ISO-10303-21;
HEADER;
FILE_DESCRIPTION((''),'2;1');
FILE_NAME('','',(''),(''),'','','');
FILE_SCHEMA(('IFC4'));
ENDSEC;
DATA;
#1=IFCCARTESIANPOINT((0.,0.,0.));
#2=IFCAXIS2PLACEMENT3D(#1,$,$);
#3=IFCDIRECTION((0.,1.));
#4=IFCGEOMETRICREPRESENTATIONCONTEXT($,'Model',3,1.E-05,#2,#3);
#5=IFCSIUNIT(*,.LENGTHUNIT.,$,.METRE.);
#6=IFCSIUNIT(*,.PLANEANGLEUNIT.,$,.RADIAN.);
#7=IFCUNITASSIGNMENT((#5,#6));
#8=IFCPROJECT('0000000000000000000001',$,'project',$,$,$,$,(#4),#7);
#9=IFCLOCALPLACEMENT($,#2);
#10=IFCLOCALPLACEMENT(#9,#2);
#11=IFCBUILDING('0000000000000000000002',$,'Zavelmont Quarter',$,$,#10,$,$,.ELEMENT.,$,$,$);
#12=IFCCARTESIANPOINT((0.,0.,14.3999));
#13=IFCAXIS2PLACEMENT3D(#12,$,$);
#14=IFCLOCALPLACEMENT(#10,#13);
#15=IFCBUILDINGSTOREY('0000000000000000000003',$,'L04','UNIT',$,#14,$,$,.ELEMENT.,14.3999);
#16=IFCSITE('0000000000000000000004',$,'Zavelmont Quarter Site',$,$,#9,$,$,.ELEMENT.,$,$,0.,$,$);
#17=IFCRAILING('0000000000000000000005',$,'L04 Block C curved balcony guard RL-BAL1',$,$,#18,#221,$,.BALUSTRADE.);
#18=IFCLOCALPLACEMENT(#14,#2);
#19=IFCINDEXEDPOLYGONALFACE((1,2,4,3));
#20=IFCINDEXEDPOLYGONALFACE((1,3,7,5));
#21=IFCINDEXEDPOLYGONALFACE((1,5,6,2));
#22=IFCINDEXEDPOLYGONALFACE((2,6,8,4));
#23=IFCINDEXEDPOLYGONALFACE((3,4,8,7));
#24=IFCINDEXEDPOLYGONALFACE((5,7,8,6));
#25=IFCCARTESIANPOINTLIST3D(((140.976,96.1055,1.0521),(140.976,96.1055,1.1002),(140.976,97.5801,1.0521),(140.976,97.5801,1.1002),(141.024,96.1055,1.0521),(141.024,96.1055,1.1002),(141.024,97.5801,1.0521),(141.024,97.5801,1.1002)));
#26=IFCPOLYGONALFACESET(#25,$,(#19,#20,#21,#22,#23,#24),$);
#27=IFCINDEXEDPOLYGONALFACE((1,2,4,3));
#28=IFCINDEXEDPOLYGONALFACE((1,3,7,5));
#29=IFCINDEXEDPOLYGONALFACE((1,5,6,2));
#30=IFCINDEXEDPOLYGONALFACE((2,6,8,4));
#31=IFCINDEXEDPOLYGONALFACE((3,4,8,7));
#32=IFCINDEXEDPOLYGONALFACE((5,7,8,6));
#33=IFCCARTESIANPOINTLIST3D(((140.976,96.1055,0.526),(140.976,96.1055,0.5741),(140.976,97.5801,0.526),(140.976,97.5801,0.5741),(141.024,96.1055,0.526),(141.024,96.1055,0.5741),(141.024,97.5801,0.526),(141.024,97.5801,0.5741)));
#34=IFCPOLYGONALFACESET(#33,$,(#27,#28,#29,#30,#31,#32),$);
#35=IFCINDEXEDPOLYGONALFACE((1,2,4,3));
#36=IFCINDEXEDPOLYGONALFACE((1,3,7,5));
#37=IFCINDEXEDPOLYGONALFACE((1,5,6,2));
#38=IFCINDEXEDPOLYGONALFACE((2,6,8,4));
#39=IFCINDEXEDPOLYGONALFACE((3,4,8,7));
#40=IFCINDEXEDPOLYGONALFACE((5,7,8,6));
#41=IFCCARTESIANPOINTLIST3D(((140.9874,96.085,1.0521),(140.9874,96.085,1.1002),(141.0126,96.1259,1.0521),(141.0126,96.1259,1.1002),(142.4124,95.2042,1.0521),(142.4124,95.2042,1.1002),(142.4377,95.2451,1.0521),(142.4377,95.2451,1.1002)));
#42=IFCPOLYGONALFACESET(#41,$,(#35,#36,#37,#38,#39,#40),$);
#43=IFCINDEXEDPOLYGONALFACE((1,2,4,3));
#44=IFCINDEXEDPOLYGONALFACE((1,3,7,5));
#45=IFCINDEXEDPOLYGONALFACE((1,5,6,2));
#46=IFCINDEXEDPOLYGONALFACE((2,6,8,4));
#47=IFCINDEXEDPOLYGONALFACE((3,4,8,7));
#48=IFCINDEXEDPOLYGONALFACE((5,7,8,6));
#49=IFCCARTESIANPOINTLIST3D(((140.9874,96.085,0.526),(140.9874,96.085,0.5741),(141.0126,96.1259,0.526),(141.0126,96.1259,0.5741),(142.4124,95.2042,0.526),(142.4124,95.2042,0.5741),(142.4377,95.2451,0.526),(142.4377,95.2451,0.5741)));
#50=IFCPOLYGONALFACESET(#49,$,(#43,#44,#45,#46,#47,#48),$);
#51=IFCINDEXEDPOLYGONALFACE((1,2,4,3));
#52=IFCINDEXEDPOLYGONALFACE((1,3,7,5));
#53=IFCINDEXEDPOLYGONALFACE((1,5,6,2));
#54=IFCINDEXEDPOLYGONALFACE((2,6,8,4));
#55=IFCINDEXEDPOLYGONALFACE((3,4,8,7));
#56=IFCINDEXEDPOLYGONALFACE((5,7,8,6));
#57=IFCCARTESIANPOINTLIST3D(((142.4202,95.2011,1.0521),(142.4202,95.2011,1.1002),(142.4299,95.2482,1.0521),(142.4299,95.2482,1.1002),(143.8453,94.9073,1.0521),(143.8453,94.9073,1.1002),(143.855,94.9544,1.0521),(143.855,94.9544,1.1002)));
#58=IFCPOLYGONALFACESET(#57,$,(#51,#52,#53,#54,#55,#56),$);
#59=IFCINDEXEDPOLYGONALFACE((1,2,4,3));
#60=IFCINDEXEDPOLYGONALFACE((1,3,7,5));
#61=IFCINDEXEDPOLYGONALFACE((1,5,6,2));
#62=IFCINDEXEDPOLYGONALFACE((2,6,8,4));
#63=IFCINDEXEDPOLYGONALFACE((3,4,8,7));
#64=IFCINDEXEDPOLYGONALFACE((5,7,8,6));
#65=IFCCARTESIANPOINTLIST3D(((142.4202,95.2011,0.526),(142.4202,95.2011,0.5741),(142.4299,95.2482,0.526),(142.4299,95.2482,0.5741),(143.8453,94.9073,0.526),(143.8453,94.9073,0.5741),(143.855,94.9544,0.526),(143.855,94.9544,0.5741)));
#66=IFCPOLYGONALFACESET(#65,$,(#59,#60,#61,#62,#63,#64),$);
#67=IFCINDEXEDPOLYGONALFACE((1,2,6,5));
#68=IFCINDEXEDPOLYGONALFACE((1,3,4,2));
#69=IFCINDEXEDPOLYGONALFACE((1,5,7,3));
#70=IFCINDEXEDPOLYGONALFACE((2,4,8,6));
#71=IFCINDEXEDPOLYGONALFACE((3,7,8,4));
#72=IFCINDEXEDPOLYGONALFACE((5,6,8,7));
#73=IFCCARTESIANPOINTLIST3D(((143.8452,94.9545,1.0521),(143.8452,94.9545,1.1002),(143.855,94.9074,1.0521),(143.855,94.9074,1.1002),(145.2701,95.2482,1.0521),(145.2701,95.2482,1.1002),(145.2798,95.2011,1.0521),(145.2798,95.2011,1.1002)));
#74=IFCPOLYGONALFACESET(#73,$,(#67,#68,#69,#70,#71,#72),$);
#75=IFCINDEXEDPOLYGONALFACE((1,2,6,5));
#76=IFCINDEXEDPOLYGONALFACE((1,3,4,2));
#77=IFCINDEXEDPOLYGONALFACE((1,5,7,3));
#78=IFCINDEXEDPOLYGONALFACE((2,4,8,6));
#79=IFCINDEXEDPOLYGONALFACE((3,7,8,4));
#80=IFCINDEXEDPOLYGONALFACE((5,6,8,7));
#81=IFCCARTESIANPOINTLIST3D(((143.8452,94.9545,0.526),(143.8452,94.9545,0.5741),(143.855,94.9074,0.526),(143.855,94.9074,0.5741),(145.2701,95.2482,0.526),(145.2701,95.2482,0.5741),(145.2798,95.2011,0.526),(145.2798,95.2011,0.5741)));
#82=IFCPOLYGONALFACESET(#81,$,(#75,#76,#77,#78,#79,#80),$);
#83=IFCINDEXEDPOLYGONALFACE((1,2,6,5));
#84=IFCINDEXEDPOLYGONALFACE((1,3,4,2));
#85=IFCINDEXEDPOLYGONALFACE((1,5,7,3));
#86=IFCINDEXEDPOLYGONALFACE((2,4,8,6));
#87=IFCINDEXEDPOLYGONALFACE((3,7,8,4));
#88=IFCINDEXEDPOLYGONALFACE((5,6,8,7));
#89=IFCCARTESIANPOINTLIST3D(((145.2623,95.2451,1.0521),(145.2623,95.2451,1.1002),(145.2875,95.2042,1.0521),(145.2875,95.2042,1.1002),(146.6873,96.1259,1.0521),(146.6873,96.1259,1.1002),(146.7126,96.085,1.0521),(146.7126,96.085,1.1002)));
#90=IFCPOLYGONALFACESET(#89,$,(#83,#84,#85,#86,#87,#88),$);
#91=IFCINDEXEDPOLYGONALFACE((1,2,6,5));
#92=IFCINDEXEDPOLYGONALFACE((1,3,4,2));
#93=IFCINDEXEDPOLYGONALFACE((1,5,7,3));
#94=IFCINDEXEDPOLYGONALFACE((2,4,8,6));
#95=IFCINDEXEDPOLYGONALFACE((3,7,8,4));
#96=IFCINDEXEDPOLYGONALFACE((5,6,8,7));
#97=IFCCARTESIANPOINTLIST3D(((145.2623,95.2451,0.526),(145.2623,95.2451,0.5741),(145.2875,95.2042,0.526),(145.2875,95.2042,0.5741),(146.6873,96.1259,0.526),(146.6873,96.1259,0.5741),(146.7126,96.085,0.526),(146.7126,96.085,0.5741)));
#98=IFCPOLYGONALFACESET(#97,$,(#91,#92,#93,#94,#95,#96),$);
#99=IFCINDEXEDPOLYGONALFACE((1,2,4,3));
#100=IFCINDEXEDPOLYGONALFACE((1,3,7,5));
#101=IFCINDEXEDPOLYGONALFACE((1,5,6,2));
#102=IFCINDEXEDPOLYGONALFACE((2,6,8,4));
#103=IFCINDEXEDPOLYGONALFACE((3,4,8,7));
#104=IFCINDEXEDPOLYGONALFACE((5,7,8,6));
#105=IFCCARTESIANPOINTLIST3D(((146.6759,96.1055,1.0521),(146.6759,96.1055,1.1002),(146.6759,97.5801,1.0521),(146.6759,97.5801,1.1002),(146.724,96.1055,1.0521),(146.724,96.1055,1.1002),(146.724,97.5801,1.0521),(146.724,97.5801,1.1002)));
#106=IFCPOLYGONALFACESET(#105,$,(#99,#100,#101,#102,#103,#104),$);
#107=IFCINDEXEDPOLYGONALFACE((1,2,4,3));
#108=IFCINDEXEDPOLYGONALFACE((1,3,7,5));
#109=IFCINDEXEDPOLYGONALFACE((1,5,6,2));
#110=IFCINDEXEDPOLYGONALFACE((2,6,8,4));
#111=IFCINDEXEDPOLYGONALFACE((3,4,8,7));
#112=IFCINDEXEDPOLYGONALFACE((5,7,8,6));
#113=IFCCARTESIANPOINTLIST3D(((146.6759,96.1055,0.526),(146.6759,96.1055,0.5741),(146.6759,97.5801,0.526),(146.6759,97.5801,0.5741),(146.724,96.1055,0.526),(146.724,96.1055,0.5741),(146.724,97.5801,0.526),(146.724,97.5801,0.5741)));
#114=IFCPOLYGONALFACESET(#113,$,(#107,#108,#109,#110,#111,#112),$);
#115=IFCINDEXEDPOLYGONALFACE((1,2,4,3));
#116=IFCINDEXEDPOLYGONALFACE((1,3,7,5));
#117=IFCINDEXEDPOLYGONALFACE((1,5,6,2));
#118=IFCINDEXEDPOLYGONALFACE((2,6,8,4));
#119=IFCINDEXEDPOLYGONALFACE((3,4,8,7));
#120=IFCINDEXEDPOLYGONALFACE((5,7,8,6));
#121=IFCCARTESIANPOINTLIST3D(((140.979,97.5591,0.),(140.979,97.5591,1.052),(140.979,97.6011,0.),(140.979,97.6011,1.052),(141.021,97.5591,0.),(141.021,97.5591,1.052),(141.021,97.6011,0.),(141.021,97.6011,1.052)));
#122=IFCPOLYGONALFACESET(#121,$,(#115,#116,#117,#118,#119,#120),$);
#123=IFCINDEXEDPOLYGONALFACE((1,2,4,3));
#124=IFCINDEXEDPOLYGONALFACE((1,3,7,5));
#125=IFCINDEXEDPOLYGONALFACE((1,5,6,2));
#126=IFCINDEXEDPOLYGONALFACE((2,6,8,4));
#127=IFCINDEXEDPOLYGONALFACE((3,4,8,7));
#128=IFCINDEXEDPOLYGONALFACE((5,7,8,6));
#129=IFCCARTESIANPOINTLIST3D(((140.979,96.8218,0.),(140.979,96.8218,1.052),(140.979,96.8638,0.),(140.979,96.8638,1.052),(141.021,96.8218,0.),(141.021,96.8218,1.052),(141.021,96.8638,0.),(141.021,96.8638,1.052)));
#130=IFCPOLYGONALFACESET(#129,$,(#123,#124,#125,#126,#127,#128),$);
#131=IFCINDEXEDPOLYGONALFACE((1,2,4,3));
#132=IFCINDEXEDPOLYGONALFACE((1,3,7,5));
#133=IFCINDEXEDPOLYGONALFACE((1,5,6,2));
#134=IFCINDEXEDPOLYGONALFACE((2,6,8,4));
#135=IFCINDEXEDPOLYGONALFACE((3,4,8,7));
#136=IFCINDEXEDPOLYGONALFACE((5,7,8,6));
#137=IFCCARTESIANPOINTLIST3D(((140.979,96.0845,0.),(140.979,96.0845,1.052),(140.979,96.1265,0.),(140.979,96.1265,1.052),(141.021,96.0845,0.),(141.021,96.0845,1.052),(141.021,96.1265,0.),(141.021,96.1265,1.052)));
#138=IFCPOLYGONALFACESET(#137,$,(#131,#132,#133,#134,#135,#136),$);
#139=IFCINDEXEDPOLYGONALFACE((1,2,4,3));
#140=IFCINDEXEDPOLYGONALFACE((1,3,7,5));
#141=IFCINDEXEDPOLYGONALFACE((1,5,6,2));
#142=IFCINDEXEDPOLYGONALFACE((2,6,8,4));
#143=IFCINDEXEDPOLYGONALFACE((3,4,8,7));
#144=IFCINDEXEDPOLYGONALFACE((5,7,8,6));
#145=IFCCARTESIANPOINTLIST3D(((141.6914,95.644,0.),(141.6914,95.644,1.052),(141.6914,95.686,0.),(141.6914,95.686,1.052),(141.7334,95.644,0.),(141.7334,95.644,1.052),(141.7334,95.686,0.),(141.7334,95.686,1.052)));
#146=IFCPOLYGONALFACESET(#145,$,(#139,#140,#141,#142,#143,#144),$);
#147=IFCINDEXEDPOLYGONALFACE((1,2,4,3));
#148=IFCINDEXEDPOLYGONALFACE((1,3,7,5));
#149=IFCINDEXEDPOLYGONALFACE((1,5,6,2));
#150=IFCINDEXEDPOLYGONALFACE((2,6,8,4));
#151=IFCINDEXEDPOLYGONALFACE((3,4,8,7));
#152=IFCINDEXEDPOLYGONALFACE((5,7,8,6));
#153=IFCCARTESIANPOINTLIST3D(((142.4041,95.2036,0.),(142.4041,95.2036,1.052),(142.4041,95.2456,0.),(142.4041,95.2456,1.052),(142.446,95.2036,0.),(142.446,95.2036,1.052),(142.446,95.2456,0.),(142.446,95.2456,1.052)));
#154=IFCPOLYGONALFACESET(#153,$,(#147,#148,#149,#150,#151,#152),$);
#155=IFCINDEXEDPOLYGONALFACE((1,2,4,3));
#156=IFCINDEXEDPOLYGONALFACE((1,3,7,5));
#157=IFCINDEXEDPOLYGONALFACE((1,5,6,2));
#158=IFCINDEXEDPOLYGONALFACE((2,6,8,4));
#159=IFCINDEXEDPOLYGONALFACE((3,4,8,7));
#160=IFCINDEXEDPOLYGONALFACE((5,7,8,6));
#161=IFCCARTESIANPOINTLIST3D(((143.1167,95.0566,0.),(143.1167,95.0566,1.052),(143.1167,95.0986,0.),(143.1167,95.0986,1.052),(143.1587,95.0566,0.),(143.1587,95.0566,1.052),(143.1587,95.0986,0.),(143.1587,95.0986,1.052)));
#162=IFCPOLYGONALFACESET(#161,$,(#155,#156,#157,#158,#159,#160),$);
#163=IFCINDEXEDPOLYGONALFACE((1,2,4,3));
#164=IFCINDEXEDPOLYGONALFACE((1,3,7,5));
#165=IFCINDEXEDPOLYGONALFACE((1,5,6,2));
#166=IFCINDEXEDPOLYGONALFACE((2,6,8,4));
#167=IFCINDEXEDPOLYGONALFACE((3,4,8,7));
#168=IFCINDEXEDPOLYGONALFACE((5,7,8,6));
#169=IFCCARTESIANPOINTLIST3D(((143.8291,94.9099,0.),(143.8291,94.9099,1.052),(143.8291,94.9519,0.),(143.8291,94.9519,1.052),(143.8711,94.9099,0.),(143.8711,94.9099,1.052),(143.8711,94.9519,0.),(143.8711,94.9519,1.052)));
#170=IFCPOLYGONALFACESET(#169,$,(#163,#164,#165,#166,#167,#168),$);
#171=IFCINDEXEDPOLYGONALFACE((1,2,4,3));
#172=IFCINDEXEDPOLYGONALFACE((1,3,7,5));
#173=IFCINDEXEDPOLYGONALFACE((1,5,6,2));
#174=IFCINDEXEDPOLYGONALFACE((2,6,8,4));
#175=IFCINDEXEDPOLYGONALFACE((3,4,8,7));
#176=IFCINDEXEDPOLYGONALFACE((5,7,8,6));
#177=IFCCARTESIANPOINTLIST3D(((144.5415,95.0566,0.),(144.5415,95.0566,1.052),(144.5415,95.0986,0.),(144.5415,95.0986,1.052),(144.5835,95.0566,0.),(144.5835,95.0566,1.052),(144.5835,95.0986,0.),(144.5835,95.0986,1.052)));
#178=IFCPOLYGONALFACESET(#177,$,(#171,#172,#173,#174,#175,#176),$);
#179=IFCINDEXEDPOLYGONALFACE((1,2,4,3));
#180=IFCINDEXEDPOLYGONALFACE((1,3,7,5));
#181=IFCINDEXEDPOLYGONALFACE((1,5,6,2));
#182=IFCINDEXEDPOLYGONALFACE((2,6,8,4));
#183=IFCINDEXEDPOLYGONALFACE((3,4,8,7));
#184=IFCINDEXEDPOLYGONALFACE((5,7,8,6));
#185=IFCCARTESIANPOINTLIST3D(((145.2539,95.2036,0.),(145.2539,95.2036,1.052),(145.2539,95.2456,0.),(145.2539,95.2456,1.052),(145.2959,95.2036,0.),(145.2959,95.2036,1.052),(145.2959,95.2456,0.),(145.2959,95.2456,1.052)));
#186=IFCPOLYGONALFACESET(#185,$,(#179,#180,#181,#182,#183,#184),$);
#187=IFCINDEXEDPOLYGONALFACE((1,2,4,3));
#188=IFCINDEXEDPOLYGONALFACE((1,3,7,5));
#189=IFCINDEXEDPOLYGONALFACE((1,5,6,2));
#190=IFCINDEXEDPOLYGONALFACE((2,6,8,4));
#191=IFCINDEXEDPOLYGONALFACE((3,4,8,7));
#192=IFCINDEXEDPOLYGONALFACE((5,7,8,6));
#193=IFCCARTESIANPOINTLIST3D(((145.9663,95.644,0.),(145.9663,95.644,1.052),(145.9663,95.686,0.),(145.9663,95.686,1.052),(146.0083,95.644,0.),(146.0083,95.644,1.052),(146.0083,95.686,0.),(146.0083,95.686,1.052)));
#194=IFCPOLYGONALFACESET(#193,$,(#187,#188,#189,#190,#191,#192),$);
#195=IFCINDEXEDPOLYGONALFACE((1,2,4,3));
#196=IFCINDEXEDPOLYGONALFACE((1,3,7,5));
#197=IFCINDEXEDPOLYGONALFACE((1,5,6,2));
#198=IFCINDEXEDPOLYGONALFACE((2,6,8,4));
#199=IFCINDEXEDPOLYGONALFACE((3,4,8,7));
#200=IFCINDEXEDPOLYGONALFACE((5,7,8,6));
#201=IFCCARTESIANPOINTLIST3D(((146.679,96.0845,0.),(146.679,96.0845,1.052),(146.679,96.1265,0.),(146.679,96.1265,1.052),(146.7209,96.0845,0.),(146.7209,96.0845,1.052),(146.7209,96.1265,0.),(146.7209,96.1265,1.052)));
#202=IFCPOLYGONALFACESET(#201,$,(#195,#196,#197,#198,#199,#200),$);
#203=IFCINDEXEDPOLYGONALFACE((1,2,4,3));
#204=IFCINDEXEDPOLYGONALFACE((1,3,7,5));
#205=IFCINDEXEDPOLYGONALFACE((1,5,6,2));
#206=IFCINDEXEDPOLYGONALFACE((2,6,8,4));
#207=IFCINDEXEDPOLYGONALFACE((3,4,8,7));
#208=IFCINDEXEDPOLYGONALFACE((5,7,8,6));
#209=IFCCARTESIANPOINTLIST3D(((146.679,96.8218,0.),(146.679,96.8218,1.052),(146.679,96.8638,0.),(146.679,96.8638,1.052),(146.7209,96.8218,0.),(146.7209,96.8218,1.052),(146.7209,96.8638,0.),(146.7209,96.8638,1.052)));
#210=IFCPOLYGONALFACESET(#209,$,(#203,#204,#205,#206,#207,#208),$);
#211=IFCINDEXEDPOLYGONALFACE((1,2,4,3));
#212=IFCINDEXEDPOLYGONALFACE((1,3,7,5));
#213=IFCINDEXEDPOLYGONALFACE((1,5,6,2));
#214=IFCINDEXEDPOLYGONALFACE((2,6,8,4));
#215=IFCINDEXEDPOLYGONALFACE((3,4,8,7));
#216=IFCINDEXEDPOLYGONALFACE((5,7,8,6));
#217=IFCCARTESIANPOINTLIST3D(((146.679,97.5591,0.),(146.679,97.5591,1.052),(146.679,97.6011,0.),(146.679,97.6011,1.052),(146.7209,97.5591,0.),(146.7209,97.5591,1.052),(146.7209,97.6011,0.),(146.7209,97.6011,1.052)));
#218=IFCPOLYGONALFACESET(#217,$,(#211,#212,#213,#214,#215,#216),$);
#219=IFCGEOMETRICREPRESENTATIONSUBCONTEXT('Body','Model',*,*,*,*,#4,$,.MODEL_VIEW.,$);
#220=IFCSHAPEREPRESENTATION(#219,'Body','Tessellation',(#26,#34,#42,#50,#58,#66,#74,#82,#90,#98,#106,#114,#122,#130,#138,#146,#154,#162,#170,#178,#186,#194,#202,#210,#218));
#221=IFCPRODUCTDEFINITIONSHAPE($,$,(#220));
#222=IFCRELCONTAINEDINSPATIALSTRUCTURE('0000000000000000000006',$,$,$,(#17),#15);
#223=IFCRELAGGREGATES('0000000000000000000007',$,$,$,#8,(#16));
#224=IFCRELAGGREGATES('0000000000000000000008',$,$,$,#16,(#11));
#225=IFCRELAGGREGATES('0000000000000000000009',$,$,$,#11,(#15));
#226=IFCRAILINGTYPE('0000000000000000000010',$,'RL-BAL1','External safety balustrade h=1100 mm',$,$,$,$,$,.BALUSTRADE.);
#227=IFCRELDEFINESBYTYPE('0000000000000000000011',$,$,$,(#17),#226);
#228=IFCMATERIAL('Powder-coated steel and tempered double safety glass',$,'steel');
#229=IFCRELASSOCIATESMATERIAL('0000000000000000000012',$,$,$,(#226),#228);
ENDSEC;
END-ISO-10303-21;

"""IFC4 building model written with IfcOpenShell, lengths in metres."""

from ifc_helpers import new_model, si_unit, direction, frame, origin, origin_2d, place, context, subcontext, project, spatial, rectangle, extrude, material, type_object, element, save


model = new_model("IFC4")

# Units and contexts
model_context = context("Model", 3, precision=1e-05, world=origin(), true_north=direction((0.0, 1.0)))
body_context = subcontext(model_context, "Body", "Model", "MODEL_VIEW")
ifc_project = project(units=[si_unit("LENGTHUNIT", "METRE"), si_unit("PLANEANGLEUNIT", "RADIAN")], contexts=[model_context])

# Site, building, storey
site_placement = place(None, origin())
site = spatial("IfcSite", under=ifc_project, at=site_placement, Name="Zavelmont Quarter Site", CompositionType="ELEMENT", RefElevation=0.0)
building_placement = place(site_placement, origin())
building = spatial("IfcBuilding", under=site, at=building_placement, Name="Zavelmont Quarter", CompositionType="ELEMENT")
storey_placement = place(building_placement, frame((0.0, 0.0, 14.3999)))
storey = spatial("IfcBuildingStorey", under=building, at=storey_placement, Name="L04", Description="UNIT", CompositionType="ELEMENT", Elevation=14.3999)

# Railing
ifc_material_1 = material(Name="Powder-coated steel and tempered double safety glass", Category="steel")
railing_type = type_object("IfcRailingType", Name="RL-BAL1", Description="External safety balustrade h=1100 mm", PredefinedType="BALUSTRADE", material=ifc_material_1)
railing_placement = place(storey_placement, frame((141.0, 97.5801, 0.0)))
element("IfcRailing", 1, at=railing_placement, inside=storey, type_object=railing_type, Name="L04 Block C curved balcony guard RL-BAL1", PredefinedType="BALUSTRADE", context=body_context, shape_type="SweptSolid", body=[
    extrude(rectangle(XDim=0.0481, YDim=0.0481, at=origin_2d()), frame((0.0, 0.0, 1.0762), z_axis=(0.0, -1.0, 0.0), x_axis=(1.0, 0.0, 0.0)), (0.0, 0.0, 1.0), 1.4746),
    extrude(rectangle(XDim=0.0481, YDim=0.0481, at=origin_2d()), frame((0.0, 0.0, 0.55), z_axis=(0.0, -1.0, 0.0), x_axis=(1.0, 0.0, 0.0)), (0.0, 0.0, 1.0), 1.4746),
    extrude(rectangle(XDim=0.0481, YDim=0.0481, at=origin_2d()), frame((0.0, -1.4746, 1.0762), z_axis=(0.850616, -0.525788, 0.0), x_axis=(0.525788, 0.850616, 0.0)), (0.0, 0.0, 1.0), 1.6753),
    extrude(rectangle(XDim=0.0481, YDim=0.0481, at=origin_2d()), frame((0.0, -1.4746, 0.55), z_axis=(0.850616, -0.525788, 0.0), x_axis=(0.525788, 0.850616, 0.0)), (0.0, 0.0, 1.0), 1.6753),
    extrude(rectangle(XDim=0.0481, YDim=0.0481, at=origin_2d()), frame((1.425, -2.3555, 1.0762), z_axis=(0.979415, -0.201856, 0.0), x_axis=(0.201856, 0.979415, 0.0)), (0.0, 0.0, 1.0), 1.4551),
    extrude(rectangle(XDim=0.0481, YDim=0.0481, at=origin_2d()), frame((1.425, -2.3555, 0.55), z_axis=(0.979415, -0.201856, 0.0), x_axis=(0.201856, 0.979415, 0.0)), (0.0, 0.0, 1.0), 1.4551),
    extrude(rectangle(XDim=0.0481, YDim=0.0481, at=origin_2d()), frame((2.8501, -2.6492, 1.0762), z_axis=(0.979408, 0.20189, 0.0), x_axis=(-0.20189, 0.979408, 0.0)), (0.0, 0.0, 1.0), 1.4548),
    extrude(rectangle(XDim=0.0481, YDim=0.0481, at=origin_2d()), frame((2.8501, -2.6492, 0.55), z_axis=(0.979408, 0.20189, 0.0), x_axis=(-0.20189, 0.979408, 0.0)), (0.0, 0.0, 1.0), 1.4548),
    extrude(rectangle(XDim=0.0481, YDim=0.0481, at=origin_2d()), frame((4.2749, -2.3555, 1.0762), z_axis=(0.850616, 0.525788, 0.0), x_axis=(-0.525788, 0.850616, 0.0)), (0.0, 0.0, 1.0), 1.6753),
    extrude(rectangle(XDim=0.0481, YDim=0.0481, at=origin_2d()), frame((4.2749, -2.3555, 0.55), z_axis=(0.850616, 0.525788, 0.0), x_axis=(-0.525788, 0.850616, 0.0)), (0.0, 0.0, 1.0), 1.6753),
    extrude(rectangle(XDim=0.0481, YDim=0.0481, at=origin_2d()), frame((5.7, -1.4746, 1.0762), z_axis=(0.0, 1.0, 0.0), x_axis=(-1.0, 0.0, 0.0)), (0.0, 0.0, 1.0), 1.4746),
    extrude(rectangle(XDim=0.0481, YDim=0.0481, at=origin_2d()), frame((5.7, -1.4746, 0.55), z_axis=(0.0, 1.0, 0.0), x_axis=(-1.0, 0.0, 0.0)), (0.0, 0.0, 1.0), 1.4746),
    extrude(rectangle(XDim=0.042, YDim=0.042, at=origin_2d()), origin(), (0.0, 0.0, 1.0), 1.052),
    extrude(rectangle(XDim=0.042, YDim=0.042, at=origin_2d()), frame((0.0, -0.7373, 0.0)), (0.0, 0.0, 1.0), 1.052),
    extrude(rectangle(XDim=0.042, YDim=0.042, at=origin_2d()), frame((0.0, -1.4746, 0.0)), (0.0, 0.0, 1.0), 1.052),
    extrude(rectangle(XDim=0.042, YDim=0.042, at=origin_2d()), frame((0.7124, -1.915, 0.0)), (0.0, 0.0, 1.0), 1.052),
    extrude(rectangle(XDim=0.042, YDim=0.042, at=origin_2d()), frame((1.425, -2.3555, 0.0)), (0.0, 0.0, 1.0), 1.052),
    extrude(rectangle(XDim=0.042, YDim=0.042, at=origin_2d()), frame((2.1377, -2.5024, 0.0)), (0.0, 0.0, 1.0), 1.052),
    extrude(rectangle(XDim=0.042, YDim=0.042, at=origin_2d()), frame((2.8501, -2.6492, 0.0)), (0.0, 0.0, 1.0), 1.052),
    extrude(rectangle(XDim=0.042, YDim=0.042, at=origin_2d()), frame((3.5625, -2.5024, 0.0)), (0.0, 0.0, 1.0), 1.052),
    extrude(rectangle(XDim=0.042, YDim=0.042, at=origin_2d()), frame((4.2749, -2.3555, 0.0)), (0.0, 0.0, 1.0), 1.052),
    extrude(rectangle(XDim=0.042, YDim=0.042, at=origin_2d()), frame((4.9873, -1.915, 0.0)), (0.0, 0.0, 1.0), 1.052),
    extrude(rectangle(XDim=0.042, YDim=0.042, at=origin_2d()), frame((5.7, -1.4746, 0.0)), (0.0, 0.0, 1.0), 1.052),
    extrude(rectangle(XDim=0.042, YDim=0.042, at=origin_2d()), frame((5.7, -0.7373, 0.0)), (0.0, 0.0, 1.0), 1.052),
    extrude(rectangle(XDim=0.042, YDim=0.042, at=origin_2d()), frame((5.7, 0.0, 0.0)), (0.0, 0.0, 1.0), 1.052),
])

save(model, "model.ifc")
